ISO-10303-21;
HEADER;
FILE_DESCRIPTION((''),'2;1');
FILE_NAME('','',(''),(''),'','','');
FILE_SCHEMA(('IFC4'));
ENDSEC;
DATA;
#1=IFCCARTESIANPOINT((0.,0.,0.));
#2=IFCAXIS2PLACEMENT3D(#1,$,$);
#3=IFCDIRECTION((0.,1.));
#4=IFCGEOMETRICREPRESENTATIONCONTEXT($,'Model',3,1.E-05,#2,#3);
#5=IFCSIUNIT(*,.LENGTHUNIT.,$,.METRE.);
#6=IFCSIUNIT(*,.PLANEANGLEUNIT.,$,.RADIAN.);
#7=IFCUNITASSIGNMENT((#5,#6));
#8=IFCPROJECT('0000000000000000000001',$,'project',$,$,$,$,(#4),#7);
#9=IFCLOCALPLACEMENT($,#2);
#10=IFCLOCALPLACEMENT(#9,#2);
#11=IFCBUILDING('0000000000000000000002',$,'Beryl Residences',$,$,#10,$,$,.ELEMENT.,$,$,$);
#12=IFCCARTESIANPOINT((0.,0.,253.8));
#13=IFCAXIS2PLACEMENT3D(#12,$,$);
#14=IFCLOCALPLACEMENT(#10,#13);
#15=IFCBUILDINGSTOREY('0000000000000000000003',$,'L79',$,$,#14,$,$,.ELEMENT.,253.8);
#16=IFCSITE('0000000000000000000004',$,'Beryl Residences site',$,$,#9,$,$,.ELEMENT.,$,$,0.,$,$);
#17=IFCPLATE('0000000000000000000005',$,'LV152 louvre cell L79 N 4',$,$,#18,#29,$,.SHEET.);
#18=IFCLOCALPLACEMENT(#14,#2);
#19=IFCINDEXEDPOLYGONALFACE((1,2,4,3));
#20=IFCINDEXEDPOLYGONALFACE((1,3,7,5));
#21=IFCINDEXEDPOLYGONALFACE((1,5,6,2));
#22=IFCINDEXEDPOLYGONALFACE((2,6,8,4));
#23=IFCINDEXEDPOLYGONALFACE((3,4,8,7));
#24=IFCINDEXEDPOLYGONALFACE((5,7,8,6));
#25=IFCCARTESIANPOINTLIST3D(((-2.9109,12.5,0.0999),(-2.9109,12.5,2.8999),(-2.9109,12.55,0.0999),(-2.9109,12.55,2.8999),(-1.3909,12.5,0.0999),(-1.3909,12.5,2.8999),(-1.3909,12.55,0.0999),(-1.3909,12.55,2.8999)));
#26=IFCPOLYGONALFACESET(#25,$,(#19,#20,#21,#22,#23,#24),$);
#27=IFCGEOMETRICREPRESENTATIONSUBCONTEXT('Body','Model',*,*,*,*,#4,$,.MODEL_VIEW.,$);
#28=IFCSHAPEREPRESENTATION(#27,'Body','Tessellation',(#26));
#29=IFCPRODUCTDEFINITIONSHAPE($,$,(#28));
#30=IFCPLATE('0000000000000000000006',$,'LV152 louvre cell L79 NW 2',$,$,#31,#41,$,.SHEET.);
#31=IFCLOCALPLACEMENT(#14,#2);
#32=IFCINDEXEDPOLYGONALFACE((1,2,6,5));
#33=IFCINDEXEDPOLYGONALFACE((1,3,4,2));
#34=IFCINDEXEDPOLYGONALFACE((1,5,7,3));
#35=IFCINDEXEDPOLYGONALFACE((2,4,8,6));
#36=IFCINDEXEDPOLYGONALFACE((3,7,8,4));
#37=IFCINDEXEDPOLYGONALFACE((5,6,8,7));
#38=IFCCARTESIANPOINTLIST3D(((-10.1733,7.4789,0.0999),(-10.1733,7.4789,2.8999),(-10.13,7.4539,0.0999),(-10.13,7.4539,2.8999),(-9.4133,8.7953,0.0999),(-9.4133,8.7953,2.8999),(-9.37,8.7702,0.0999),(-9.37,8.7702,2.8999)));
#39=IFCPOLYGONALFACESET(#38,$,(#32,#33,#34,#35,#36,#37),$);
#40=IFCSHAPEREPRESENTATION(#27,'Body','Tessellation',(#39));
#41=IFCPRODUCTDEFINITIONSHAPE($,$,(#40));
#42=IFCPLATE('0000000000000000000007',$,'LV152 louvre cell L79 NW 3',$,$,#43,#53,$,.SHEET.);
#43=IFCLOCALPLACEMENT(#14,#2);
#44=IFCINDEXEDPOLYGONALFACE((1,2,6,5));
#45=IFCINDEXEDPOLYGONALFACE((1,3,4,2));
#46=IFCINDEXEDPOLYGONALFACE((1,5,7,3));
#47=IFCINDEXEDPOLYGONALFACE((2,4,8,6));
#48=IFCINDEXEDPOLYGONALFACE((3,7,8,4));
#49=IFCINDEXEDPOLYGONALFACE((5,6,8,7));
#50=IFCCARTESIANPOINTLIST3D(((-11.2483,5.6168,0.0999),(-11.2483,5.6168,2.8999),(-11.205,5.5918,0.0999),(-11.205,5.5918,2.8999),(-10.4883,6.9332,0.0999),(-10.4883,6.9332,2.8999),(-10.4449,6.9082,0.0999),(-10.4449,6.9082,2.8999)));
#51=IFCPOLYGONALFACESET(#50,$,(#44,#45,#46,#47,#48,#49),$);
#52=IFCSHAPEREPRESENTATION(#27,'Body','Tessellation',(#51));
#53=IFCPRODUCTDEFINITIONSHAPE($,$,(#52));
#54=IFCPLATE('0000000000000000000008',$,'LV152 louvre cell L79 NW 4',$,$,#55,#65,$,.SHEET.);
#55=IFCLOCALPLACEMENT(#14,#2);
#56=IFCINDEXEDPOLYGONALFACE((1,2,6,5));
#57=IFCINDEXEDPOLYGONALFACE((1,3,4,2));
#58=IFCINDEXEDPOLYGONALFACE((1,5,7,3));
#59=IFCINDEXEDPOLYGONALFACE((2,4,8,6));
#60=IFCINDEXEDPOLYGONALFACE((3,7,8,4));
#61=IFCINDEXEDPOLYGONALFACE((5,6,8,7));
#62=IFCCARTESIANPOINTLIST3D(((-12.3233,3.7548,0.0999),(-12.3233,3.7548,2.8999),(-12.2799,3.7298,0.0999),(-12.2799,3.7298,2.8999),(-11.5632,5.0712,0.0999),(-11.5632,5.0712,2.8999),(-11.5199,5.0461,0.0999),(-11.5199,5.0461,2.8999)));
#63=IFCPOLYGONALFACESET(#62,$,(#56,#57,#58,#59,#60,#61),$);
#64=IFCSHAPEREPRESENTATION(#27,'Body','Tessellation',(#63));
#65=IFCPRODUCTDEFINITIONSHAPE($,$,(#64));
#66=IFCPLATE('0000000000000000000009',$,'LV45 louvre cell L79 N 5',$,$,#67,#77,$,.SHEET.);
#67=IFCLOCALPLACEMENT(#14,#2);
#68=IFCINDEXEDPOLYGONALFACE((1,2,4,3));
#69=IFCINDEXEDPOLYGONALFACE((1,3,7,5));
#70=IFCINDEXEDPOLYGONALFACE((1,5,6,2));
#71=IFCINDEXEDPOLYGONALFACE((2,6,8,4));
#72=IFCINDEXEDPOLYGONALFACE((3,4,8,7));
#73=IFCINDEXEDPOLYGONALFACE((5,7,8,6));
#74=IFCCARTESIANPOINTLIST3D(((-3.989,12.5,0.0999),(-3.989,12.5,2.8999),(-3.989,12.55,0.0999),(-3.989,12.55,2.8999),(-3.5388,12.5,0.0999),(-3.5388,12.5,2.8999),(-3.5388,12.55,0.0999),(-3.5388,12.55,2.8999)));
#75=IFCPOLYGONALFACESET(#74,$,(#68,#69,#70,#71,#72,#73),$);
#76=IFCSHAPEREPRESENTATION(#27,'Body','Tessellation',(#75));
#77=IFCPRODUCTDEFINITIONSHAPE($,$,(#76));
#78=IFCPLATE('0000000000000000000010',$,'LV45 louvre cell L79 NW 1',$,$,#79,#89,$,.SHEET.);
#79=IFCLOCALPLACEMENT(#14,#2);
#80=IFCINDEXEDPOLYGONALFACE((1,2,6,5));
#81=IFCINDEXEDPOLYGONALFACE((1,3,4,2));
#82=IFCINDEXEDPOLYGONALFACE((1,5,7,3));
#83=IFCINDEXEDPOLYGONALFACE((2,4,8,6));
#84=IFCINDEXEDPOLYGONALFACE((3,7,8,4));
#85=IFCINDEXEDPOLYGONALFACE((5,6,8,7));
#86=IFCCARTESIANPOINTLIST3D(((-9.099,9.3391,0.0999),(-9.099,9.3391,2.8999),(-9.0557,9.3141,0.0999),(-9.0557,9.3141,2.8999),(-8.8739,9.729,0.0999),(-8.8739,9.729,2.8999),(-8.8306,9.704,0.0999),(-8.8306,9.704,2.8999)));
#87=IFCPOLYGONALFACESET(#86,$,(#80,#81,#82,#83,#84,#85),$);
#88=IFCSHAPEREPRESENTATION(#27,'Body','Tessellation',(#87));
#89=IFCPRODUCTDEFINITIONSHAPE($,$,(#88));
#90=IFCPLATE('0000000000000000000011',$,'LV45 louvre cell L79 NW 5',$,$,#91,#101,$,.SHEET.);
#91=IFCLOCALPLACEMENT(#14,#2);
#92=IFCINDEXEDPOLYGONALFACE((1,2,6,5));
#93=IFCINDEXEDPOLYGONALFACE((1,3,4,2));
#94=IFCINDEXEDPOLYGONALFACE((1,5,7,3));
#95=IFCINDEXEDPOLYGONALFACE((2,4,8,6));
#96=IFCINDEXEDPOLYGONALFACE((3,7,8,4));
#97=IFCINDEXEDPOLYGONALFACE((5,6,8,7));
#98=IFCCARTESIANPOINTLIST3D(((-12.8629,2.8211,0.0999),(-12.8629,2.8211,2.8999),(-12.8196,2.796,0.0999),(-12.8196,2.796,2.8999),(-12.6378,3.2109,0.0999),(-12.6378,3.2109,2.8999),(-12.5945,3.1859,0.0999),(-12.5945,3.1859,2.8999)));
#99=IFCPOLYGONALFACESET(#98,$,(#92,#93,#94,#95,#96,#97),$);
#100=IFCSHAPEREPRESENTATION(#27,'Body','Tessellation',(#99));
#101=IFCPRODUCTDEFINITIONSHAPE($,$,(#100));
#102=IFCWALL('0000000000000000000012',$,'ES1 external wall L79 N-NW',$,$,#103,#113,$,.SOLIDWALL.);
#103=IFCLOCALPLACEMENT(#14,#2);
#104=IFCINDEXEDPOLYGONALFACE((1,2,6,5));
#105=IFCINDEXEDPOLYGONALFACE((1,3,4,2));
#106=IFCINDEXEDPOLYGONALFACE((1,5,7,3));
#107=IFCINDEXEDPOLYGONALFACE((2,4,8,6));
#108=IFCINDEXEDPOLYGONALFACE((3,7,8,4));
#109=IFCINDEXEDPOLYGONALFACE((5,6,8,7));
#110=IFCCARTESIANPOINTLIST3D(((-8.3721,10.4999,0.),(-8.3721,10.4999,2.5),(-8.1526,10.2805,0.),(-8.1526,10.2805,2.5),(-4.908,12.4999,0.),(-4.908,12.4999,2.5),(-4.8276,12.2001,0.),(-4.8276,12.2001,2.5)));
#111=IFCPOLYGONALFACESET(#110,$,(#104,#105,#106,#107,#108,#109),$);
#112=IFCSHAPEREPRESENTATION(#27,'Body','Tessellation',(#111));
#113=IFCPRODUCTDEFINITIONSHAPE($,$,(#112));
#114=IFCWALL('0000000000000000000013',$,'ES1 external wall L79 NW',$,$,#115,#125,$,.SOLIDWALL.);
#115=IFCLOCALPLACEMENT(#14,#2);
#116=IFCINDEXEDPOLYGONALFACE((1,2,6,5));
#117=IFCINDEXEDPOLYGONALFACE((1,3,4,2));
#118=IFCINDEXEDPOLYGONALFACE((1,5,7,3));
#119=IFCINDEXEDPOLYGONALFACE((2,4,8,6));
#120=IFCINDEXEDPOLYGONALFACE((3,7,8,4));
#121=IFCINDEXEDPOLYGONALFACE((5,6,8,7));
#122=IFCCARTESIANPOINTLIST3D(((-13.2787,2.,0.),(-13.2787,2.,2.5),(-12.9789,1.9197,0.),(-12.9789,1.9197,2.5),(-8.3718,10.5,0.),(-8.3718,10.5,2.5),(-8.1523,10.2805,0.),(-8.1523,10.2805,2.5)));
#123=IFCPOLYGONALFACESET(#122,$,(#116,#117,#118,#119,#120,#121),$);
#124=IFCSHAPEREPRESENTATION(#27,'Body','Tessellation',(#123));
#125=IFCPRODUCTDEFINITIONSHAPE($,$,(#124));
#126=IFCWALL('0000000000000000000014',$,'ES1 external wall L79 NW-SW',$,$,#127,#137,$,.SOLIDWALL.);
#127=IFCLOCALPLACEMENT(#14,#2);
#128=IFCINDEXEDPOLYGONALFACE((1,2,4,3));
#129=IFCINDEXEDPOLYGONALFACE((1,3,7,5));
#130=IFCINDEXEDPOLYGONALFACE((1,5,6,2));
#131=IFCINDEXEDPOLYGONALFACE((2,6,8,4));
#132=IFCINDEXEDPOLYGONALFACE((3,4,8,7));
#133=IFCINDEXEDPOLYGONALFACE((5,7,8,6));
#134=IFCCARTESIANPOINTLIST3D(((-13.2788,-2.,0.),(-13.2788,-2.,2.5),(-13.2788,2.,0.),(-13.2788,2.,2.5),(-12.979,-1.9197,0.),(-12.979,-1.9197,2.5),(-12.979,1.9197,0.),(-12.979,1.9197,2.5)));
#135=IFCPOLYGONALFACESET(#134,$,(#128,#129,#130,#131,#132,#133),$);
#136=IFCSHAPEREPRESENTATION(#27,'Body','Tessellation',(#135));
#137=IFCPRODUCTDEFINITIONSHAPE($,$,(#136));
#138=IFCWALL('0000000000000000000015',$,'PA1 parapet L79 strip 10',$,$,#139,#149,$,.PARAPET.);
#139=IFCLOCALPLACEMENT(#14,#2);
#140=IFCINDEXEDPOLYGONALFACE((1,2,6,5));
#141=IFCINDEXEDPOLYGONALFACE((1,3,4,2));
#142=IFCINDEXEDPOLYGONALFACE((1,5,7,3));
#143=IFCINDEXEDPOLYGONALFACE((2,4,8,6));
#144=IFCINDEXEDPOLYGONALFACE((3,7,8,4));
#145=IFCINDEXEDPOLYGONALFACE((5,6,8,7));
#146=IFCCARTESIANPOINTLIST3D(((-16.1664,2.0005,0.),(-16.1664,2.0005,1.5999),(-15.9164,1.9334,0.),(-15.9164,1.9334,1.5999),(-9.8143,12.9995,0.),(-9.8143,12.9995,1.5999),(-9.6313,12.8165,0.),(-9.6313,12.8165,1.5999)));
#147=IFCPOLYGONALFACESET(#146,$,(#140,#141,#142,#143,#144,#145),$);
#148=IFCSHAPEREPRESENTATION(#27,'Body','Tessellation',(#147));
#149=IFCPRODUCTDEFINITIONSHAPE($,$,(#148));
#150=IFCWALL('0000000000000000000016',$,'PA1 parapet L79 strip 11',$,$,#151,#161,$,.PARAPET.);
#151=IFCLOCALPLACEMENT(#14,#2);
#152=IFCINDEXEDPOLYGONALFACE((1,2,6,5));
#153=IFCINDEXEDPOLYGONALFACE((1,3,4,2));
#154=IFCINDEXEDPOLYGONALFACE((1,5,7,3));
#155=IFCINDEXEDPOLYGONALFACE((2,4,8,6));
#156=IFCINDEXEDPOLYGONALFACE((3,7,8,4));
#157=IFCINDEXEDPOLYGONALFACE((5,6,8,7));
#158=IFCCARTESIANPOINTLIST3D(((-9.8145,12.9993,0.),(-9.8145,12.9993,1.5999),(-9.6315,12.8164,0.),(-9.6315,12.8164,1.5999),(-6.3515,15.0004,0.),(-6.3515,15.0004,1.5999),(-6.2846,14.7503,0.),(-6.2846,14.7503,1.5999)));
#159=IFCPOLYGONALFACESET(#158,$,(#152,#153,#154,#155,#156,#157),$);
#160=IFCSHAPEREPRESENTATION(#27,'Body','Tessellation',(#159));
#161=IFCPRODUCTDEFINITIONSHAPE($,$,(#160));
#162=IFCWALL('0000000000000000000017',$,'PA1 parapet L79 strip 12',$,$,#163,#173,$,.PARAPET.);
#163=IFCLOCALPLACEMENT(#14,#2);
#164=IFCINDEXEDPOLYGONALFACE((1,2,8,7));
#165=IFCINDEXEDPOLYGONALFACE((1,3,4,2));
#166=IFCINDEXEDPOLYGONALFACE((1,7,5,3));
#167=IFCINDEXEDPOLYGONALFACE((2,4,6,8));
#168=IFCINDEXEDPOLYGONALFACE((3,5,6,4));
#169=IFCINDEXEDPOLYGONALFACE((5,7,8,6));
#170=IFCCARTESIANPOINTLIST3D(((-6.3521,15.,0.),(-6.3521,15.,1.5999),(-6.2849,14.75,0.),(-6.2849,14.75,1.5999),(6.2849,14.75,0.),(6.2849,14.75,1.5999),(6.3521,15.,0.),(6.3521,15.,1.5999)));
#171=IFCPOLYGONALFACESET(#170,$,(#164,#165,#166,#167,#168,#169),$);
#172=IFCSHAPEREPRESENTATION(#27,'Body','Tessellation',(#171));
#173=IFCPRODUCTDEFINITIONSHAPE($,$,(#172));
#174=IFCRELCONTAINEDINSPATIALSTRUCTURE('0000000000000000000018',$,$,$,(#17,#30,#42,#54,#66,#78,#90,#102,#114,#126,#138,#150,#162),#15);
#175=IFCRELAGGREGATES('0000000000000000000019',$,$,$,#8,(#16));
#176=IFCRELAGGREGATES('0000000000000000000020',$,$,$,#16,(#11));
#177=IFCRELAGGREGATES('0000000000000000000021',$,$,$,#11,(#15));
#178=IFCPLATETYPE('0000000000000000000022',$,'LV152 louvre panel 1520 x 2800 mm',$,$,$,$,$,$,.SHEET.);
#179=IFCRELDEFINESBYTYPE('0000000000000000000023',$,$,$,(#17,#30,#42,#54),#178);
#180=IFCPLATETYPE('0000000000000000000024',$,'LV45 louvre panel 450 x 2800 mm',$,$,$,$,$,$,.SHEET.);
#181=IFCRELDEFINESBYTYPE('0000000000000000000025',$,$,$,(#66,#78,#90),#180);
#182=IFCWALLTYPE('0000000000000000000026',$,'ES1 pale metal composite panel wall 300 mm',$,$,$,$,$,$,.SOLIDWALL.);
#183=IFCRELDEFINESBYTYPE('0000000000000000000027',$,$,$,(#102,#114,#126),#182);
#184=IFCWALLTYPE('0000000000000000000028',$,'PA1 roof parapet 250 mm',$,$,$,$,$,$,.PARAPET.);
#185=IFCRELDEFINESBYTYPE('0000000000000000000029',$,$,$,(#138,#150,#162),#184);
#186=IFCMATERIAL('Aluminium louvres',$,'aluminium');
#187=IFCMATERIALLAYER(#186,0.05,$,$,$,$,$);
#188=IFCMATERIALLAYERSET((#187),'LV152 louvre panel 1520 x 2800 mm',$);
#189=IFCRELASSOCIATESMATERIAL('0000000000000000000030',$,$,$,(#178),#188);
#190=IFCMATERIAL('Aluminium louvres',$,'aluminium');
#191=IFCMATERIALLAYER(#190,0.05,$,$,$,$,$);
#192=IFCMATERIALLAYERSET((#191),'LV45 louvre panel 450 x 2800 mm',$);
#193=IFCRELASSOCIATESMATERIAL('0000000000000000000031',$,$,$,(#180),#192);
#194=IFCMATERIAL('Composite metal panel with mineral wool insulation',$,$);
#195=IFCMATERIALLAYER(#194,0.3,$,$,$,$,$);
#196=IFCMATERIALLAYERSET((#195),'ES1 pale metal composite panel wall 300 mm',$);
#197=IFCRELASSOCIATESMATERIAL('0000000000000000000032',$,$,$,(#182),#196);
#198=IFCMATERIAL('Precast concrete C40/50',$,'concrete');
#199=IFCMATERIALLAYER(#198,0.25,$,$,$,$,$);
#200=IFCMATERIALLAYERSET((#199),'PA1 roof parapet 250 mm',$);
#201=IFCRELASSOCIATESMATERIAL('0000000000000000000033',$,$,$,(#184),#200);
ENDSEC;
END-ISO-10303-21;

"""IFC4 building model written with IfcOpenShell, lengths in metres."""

from ifc_helpers import new_model, si_unit, direction, frame, origin, place, context, subcontext, project, spatial, polyline, outline, extrude, source, transform, mapped, material, layer, layer_set, type_object, type_shapes, element, save


model = new_model("IFC4")

# Units and contexts
model_context = context("Model", 3, precision=1e-05, world=origin(), true_north=direction((0.0, 1.0)))
body_context = subcontext(model_context, "Body", "Model", "MODEL_VIEW")
ifc_project = project(units=[si_unit("LENGTHUNIT", "METRE"), si_unit("PLANEANGLEUNIT", "RADIAN")], contexts=[model_context])

# Site, building, storey
site_placement = place(None, origin())
site = spatial("IfcSite", under=ifc_project, at=site_placement, Name="Beryl Residences site", CompositionType="ELEMENT", RefElevation=0.0)
building_placement = place(site_placement, origin())
building = spatial("IfcBuilding", under=site, at=building_placement, Name="Beryl Residences", CompositionType="ELEMENT")
storey_placement = place(building_placement, frame((0.0, 0.0, 253.8)))
storey = spatial("IfcBuildingStorey", under=building, at=storey_placement, Name="L79", CompositionType="ELEMENT", Elevation=253.8)

# Plates
ifc_material_1 = material(Name="Aluminium louvres", Category="aluminium")
ifc_layer_1 = layer(ifc_material_1, 0.05)
ifc_layer_set_1 = layer_set([ifc_layer_1], Name="LV152 louvre panel 1520 x 2800 mm")
plate_type_1 = type_object("IfcPlateType", Name="LV152 louvre panel 1520 x 2800 mm", PredefinedType="SHEET", material=ifc_layer_set_1)
shared_shape_1 = source(origin(), body_context, "Body", "SweptSolid", [
    extrude(outline(polyline([(-0.76, 0.0), (0.76, 0.0), (0.76, 0.05), (-0.76, 0.05), (-0.76, 0.0)])), origin(), (0.0, 0.0, 1.0), 2.8),
])
type_shapes(plate_type_1, [shared_shape_1])
for number, where, z_axis, x_axis, name in (
    (1, (-2.1509, 12.5, 0.0999), (0.0, 0.0, 1.0), (1.0, 0.0, 0.0), "LV152 louvre cell L79 N 4"),
    (2, (-9.75, 8.1121, 0.0999), (0.0, 0.0, 1.0), (0.5, 0.866025, 0.0), "LV152 louvre cell L79 NW 2"),
    (3, (-10.825, 6.25, 0.0999), (0.0, 0.0, 1.0), (0.5, 0.866025, 0.0), "LV152 louvre cell L79 NW 3"),
    (4, (-11.8999, 4.3879, 0.0999), (0.0, 0.0, 1.0), (0.5, 0.866025, 0.0), "LV152 louvre cell L79 NW 4"),
):
    element("IfcPlate", number, at=place(storey_placement, frame(where, z_axis=z_axis, x_axis=x_axis)), inside=storey, type_object=plate_type_1, Name=name, PredefinedType="SHEET", context=body_context, shape_type="MappedRepresentation", body=[
        mapped(shared_shape_1, transform((0.0, 0.0, 0.0))),
    ])
ifc_material_2 = material(Name="Aluminium louvres", Category="aluminium")
ifc_layer_2 = layer(ifc_material_2, 0.05)
ifc_layer_set_2 = layer_set([ifc_layer_2], Name="LV45 louvre panel 450 x 2800 mm")
plate_type_2 = type_object("IfcPlateType", Name="LV45 louvre panel 450 x 2800 mm", PredefinedType="SHEET", material=ifc_layer_set_2)
shared_shape_2 = source(origin(), body_context, "Body", "SweptSolid", [
    extrude(outline(polyline([(-0.2251, 0.0), (0.2251, 0.0), (0.2251, 0.05), (-0.2251, 0.05), (-0.2251, 0.0)])), origin(), (0.0, 0.0, 1.0), 2.8),
])
type_shapes(plate_type_2, [shared_shape_2])
for number, where, z_axis, x_axis, name in (
    (5, (-3.7639, 12.5, 0.0999), (0.0, 0.0, 1.0), (1.0, 0.0, 0.0), "LV45 louvre cell L79 N 5"),
    (6, (-8.9431, 9.509, 0.0999), (0.0, 0.0, 1.0), (0.5, 0.866025, 0.0), "LV45 louvre cell L79 NW 1"),
    (7, (-12.707, 2.991, 0.0999), (0.0, 0.0, 1.0), (0.5, 0.866025, 0.0), "LV45 louvre cell L79 NW 5"),
):
    element("IfcPlate", number, at=place(storey_placement, frame(where, z_axis=z_axis, x_axis=x_axis)), inside=storey, type_object=plate_type_2, Name=name, PredefinedType="SHEET", context=body_context, shape_type="MappedRepresentation", body=[
        mapped(shared_shape_2, transform((0.0, 0.0, 0.0))),
    ])

# Walls
ifc_material_3 = material(Name="Composite metal panel with mineral wool insulation")
ifc_layer_3 = layer(ifc_material_3, 0.3)
ifc_layer_set_3 = layer_set([ifc_layer_3], Name="ES1 pale metal composite panel wall 300 mm")
wall_type_1 = type_object("IfcWallType", Name="ES1 pale metal composite panel wall 300 mm", PredefinedType="SOLIDWALL", material=ifc_layer_set_3)
wall_1_placement = place(storey_placement, frame((-4.833, 12.3701, 0.0), z_axis=(0.0, 0.0, 1.0), x_axis=(-0.866026, -0.499999, 0.0)))
element("IfcWall", 8, at=wall_1_placement, inside=storey, type_object=wall_type_1, Name="ES1 external wall L79 N-NW", PredefinedType="SOLIDWALL", context=body_context, shape_type="SweptSolid", body=[
    extrude(outline(polyline([(0.0, -0.1499), (4.0, -0.1499), (3.9197, 0.1499), (0.0803, 0.1499), (0.0, -0.1499)])), origin(), (0.0, 0.0, 1.0), 2.5),
])
wall_2_placement = place(storey_placement, frame((-8.2419, 10.425, 0.0), z_axis=(0.0, 0.0, 1.0), x_axis=(-0.499962, -0.866047, 0.0)))
element("IfcWall", 9, at=wall_2_placement, inside=storey, type_object=wall_type_1, Name="ES1 external wall L79 NW", PredefinedType="SOLIDWALL", context=body_context, shape_type="SweptSolid", body=[
    extrude(outline(polyline([(0.0, -0.1499), (9.8147, -0.1499), (9.7344, 0.1499), (0.0803, 0.1499), (0.0, -0.1499)])), origin(), (0.0, 0.0, 1.0), 2.5),
])
wall_3_placement = place(storey_placement, frame((-13.1289, 2.0, 0.0), z_axis=(0.0, 0.0, 1.0), x_axis=(0.0, -1.0, 0.0)))
element("IfcWall", 10, at=wall_3_placement, inside=storey, type_object=wall_type_1, Name="ES1 external wall L79 NW-SW", PredefinedType="SOLIDWALL", context=body_context, shape_type="SweptSolid", body=[
    extrude(outline(polyline([(0.0, -0.1499), (4.0, -0.1499), (3.9197, 0.1499), (0.0803, 0.1499), (0.0, -0.1499)])), origin(), (0.0, 0.0, 1.0), 2.5),
])
ifc_material_4 = material(Name="Precast concrete C40/50", Category="concrete")
ifc_layer_4 = layer(ifc_material_4, 0.25)
ifc_layer_set_4 = layer_set([ifc_layer_4], Name="PA1 roof parapet 250 mm")
wall_type_2 = type_object("IfcWallType", Name="PA1 roof parapet 250 mm", PredefinedType="PARAPET", material=ifc_layer_set_4)
wall_4_placement = place(storey_placement, frame((-16.0581, 1.938, 0.0), z_axis=(0.0, 0.0, 1.0), x_axis=(0.500104, 0.865965, 0.0)))
element("IfcWall", 11, at=wall_4_placement, inside=storey, type_object=wall_type_2, Name="PA1 parapet L79 strip 10", PredefinedType="PARAPET", context=body_context, shape_type="SweptSolid", body=[
    extrude(outline(polyline([(0.0669, -0.125), (12.6345, -0.125), (12.7014, 0.125), (0.0, 0.125), (0.0669, -0.125)])), origin(), (0.0, 0.0, 1.0), 1.5999),
])
wall_5_placement = place(storey_placement, frame((-9.752, 12.8911, 0.0), z_axis=(0.0, 0.0, 1.0), x_axis=(0.865844, 0.500314, 0.0)))
element("IfcWall", 12, at=wall_5_placement, inside=storey, type_object=wall_type_2, Name="PA1 parapet L79 strip 11", PredefinedType="PARAPET", context=body_context, shape_type="SweptSolid", body=[
    extrude(outline(polyline([(0.0669, -0.125), (3.9324, -0.125), (3.9995, 0.125), (0.0, 0.125), (0.0669, -0.125)])), origin(), (0.0, 0.0, 1.0), 1.5999),
])
wall_6_placement = place(storey_placement, frame((-6.3521, 14.875, 0.0), z_axis=(0.0, 0.0, 1.0), x_axis=(1.0, 0.0, 0.0)))
element("IfcWall", 13, at=wall_6_placement, inside=storey, type_object=wall_type_2, Name="PA1 parapet L79 strip 12", PredefinedType="PARAPET", context=body_context, shape_type="SweptSolid", body=[
    extrude(outline(polyline([(0.0671, -0.125), (12.637, -0.125), (12.7041, 0.125), (0.0, 0.125), (0.0671, -0.125)])), origin(), (0.0, 0.0, 1.0), 1.5999),
])

save(model, "model.ifc")
